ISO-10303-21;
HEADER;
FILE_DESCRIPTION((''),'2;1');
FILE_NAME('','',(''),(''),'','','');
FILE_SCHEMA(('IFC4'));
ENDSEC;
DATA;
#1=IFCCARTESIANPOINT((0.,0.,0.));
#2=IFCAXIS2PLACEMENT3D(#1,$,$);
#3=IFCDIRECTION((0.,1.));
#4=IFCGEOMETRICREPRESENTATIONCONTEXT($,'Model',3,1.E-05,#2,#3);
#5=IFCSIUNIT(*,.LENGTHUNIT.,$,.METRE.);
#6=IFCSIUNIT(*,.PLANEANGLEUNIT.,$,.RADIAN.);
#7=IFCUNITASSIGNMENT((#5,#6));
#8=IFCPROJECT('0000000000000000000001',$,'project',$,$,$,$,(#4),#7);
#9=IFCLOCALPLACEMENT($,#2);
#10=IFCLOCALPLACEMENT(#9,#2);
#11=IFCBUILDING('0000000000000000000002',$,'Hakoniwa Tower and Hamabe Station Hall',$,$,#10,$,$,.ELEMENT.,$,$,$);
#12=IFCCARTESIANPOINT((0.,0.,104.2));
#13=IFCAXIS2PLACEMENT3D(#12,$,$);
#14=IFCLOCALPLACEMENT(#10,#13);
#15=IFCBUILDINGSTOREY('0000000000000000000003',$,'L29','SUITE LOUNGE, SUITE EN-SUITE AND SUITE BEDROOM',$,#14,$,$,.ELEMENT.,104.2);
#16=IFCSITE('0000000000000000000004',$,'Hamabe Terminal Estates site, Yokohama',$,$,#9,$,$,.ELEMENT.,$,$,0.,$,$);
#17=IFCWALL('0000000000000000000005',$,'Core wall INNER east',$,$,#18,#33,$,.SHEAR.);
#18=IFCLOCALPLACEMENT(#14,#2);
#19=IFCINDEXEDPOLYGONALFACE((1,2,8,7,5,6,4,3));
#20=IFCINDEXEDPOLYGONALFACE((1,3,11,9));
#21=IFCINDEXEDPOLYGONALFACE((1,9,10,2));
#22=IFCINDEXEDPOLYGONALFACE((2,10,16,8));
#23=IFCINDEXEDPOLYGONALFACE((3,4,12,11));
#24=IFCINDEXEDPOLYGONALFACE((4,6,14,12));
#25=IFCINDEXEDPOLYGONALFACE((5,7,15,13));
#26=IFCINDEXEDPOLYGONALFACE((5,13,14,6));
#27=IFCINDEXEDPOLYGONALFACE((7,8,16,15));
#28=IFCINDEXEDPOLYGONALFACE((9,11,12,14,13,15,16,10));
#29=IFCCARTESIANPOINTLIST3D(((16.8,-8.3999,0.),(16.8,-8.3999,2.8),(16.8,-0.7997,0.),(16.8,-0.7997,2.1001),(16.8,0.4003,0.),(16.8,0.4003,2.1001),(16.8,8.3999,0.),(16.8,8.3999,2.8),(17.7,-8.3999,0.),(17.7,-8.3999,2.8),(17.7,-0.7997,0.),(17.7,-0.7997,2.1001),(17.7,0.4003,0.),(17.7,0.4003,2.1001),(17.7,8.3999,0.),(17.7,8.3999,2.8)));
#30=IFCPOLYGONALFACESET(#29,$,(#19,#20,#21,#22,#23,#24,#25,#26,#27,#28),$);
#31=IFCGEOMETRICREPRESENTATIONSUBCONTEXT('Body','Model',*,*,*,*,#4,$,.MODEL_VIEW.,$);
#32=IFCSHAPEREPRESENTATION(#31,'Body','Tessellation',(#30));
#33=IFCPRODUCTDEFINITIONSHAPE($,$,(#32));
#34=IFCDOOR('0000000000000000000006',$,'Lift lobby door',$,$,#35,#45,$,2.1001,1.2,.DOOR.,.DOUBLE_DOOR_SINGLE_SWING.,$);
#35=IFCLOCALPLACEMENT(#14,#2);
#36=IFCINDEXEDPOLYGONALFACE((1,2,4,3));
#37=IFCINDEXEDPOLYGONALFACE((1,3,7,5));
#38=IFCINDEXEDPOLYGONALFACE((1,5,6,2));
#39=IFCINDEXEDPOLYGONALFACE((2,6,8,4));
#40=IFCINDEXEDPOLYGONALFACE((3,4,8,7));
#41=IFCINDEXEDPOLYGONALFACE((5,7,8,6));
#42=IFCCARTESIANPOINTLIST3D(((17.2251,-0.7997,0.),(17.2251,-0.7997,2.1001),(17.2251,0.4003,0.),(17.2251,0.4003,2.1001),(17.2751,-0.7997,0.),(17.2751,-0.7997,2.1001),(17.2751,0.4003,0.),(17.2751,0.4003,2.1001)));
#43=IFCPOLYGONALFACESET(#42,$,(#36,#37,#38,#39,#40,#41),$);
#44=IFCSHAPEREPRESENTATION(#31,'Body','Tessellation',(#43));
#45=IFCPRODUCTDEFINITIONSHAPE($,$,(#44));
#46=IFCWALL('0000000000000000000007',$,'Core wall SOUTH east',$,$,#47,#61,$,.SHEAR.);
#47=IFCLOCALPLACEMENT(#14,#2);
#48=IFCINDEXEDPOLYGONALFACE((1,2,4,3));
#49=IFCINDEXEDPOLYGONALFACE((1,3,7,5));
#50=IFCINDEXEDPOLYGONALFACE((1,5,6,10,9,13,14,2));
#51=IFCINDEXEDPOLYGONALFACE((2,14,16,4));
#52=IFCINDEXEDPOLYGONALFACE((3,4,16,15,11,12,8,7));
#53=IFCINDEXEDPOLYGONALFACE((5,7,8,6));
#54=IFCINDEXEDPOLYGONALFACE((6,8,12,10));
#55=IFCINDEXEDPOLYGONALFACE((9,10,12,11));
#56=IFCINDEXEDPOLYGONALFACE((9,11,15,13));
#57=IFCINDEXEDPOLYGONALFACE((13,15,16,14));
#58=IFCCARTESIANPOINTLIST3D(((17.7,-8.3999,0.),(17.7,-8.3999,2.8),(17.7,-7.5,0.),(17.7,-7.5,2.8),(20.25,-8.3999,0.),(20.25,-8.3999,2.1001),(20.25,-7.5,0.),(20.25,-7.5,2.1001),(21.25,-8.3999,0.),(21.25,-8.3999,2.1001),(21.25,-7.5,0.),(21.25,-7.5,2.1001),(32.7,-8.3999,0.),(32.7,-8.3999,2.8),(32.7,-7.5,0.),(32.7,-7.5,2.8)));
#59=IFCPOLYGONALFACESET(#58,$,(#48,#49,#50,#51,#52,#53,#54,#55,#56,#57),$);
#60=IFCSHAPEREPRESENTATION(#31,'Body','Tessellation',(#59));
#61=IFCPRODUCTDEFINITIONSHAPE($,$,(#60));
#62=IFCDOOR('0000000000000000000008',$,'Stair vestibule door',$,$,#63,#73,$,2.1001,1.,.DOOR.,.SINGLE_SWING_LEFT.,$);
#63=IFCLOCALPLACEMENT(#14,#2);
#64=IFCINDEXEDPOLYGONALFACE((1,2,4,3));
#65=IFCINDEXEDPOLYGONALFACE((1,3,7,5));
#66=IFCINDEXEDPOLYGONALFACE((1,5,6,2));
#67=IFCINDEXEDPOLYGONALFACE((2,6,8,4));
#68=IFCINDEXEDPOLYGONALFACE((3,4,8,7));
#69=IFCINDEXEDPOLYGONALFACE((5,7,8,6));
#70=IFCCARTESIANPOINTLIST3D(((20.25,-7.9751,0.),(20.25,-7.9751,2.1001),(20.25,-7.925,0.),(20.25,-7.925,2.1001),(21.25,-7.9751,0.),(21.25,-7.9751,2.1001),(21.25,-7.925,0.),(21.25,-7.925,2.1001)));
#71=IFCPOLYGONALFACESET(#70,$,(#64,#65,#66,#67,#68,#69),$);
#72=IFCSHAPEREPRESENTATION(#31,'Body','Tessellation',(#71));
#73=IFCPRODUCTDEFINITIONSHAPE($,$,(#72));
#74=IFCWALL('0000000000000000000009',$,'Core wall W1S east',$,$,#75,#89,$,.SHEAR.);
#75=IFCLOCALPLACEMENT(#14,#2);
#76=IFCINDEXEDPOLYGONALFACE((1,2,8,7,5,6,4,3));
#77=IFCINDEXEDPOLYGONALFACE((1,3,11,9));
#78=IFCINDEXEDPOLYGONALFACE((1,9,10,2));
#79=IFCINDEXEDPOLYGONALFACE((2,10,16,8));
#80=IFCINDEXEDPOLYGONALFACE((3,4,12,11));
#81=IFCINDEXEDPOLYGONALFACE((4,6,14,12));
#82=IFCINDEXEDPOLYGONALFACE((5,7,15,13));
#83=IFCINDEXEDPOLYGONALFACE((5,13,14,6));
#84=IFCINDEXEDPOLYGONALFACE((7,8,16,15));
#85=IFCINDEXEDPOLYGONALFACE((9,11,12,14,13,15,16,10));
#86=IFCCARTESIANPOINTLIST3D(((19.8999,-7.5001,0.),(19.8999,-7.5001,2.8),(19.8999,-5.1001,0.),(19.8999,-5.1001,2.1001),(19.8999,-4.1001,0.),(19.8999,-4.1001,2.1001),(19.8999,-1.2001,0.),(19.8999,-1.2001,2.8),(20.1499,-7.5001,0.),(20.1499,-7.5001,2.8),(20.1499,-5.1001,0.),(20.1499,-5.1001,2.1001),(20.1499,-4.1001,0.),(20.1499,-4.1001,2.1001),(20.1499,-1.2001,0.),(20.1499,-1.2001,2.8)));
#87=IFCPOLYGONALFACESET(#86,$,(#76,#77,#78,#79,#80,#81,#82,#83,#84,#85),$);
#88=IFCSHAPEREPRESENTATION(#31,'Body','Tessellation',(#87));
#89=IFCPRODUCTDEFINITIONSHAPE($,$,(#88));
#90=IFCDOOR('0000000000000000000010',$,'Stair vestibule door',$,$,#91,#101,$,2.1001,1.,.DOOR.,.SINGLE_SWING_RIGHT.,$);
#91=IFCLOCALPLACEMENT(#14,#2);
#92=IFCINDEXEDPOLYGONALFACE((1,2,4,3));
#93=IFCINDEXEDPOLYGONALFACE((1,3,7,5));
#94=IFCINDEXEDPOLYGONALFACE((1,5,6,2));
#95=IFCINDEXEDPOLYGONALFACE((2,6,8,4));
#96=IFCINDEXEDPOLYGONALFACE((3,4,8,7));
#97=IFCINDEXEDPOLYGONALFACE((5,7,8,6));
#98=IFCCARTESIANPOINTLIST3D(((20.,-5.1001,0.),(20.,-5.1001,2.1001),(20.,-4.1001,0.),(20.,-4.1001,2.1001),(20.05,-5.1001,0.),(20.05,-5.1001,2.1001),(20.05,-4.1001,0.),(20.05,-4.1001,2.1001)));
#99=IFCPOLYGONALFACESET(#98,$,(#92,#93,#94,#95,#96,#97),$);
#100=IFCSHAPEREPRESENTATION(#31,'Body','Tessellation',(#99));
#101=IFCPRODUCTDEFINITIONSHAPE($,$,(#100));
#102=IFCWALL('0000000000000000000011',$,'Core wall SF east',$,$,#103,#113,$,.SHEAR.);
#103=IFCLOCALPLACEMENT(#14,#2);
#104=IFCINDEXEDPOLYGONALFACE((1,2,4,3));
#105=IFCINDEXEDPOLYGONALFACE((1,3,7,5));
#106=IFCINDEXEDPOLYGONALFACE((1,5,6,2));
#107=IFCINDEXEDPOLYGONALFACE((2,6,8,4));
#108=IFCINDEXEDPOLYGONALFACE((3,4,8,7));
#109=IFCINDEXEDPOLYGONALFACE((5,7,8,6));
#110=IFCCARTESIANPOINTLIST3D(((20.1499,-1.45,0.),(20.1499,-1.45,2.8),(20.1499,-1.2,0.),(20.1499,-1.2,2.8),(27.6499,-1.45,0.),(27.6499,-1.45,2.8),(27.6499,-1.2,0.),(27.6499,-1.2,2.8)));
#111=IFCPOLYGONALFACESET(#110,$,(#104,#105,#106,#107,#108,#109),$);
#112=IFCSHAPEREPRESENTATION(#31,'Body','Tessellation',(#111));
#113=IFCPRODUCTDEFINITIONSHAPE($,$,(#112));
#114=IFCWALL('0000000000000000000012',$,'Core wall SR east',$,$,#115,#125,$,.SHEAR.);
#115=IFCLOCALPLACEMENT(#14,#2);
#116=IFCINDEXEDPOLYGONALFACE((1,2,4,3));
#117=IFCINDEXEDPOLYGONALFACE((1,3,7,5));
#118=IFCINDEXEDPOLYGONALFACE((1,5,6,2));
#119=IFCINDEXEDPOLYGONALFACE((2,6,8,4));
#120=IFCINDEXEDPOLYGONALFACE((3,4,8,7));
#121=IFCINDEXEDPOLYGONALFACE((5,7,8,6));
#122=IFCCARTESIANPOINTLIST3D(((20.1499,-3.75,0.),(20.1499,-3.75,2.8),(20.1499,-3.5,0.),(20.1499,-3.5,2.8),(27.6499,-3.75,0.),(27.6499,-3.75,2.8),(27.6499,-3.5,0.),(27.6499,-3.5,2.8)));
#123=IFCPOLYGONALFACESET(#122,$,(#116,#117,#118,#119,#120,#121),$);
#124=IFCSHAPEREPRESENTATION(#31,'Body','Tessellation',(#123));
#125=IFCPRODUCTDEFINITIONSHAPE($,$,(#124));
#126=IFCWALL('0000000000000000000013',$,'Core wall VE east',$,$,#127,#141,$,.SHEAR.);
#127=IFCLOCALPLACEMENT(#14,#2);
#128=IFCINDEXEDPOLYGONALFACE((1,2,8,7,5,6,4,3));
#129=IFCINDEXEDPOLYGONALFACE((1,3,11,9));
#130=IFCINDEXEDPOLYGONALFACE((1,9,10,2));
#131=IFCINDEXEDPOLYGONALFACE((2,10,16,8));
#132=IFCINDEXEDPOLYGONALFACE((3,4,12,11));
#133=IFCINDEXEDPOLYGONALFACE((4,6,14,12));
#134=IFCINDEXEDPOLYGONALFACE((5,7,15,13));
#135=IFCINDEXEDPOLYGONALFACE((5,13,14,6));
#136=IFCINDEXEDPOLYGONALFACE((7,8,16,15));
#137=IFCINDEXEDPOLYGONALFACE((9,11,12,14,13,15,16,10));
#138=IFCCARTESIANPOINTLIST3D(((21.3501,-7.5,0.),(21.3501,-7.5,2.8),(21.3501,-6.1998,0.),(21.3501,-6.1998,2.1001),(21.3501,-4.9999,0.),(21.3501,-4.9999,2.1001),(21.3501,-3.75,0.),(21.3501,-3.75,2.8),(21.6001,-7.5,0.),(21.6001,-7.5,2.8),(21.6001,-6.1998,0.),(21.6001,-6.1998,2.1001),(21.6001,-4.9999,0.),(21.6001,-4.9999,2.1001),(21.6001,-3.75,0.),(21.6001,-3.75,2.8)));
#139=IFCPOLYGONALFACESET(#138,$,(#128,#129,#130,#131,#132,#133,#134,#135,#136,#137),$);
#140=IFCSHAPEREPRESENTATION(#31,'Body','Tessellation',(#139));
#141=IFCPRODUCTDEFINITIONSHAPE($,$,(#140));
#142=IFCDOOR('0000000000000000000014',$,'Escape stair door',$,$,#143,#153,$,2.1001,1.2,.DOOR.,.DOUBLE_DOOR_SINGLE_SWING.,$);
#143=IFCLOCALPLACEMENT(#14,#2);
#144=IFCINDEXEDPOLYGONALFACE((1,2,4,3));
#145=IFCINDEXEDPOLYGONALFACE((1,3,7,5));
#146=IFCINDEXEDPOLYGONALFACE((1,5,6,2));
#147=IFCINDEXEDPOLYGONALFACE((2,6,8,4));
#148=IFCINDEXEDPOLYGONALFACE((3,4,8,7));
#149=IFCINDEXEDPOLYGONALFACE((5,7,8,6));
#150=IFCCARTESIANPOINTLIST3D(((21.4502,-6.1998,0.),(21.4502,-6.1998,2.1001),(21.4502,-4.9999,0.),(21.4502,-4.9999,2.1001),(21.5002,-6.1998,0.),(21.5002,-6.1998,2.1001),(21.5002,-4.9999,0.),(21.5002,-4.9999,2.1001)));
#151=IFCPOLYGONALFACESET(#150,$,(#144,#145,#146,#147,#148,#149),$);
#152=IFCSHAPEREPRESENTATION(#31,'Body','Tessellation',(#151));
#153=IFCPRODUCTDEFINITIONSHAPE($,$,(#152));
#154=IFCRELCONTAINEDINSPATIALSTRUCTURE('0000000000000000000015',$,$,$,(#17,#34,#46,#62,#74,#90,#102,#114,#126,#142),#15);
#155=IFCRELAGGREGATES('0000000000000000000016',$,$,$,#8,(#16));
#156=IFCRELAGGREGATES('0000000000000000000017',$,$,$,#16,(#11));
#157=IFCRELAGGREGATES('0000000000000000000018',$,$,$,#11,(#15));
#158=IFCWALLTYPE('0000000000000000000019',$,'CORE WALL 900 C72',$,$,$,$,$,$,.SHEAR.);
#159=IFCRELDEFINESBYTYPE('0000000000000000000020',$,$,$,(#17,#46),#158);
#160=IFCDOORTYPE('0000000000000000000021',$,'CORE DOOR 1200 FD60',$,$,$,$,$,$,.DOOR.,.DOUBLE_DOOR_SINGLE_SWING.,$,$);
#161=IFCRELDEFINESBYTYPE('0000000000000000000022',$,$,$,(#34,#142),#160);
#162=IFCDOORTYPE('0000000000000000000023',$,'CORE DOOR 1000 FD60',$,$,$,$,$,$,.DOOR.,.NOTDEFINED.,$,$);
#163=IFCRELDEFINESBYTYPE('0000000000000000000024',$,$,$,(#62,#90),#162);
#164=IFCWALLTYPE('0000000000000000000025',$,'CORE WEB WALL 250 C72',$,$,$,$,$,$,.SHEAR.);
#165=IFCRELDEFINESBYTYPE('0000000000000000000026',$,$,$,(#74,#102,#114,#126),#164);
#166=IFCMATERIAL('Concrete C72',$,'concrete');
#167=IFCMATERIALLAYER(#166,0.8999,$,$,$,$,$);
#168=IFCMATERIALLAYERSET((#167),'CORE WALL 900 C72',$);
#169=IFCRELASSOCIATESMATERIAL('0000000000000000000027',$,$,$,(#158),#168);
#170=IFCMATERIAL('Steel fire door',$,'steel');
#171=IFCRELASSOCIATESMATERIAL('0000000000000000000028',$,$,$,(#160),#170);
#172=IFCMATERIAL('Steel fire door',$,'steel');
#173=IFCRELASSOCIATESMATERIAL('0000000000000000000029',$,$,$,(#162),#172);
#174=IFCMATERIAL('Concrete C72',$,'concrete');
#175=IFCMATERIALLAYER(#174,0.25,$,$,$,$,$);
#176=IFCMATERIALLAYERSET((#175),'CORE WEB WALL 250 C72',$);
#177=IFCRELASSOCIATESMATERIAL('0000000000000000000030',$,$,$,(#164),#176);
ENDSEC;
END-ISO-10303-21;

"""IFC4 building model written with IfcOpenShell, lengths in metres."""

from ifc_helpers import new_model, si_unit, direction, frame, frame_2d, origin, place, context, subcontext, project, spatial, rectangle, extrude, material, layer, layer_set, type_object, element, fill, save


model = new_model("IFC4")

# Units and contexts
model_context = context("Model", 3, precision=1e-05, world=origin(), true_north=direction((0.0, 1.0)))
body_context = subcontext(model_context, "Body", "Model", "MODEL_VIEW")
ifc_project = project(units=[si_unit("LENGTHUNIT", "METRE"), si_unit("PLANEANGLEUNIT", "RADIAN")], contexts=[model_context])

# Site, building, storey
site_placement = place(None, origin())
site = spatial("IfcSite", under=ifc_project, at=site_placement, Name="Hamabe Terminal Estates site, Yokohama", CompositionType="ELEMENT", RefElevation=0.0)
building_placement = place(site_placement, origin())
building = spatial("IfcBuilding", under=site, at=building_placement, Name="Hakoniwa Tower and Hamabe Station Hall", CompositionType="ELEMENT")
storey_placement = place(building_placement, frame((0.0, 0.0, 104.2)))
storey = spatial("IfcBuildingStorey", under=building, at=storey_placement, Name="L29", Description="SUITE LOUNGE, SUITE EN-SUITE AND SUITE BEDROOM", CompositionType="ELEMENT", Elevation=104.2)

# Walls, openings, doors
ifc_material_1 = material(Name="Concrete C72", Category="concrete")
ifc_layer_1 = layer(ifc_material_1, 0.8999)
ifc_layer_set_1 = layer_set([ifc_layer_1], Name="CORE WALL 900 C72")
wall_type_1 = type_object("IfcWallType", Name="CORE WALL 900 C72", PredefinedType="SHEAR", material=ifc_layer_set_1)
wall_1_placement = place(storey_placement, frame((17.25, -8.3999, 0.0), z_axis=(0.0, 0.0, 1.0), x_axis=(0.0, 1.0, 0.0)))
wall_1 = element("IfcWall", 1, at=wall_1_placement, inside=storey, type_object=wall_type_1, Name="Core wall INNER east", PredefinedType="SHEAR", context=body_context, shape_type="SweptSolid", body=[
    extrude(rectangle(XDim=16.7998, YDim=0.8999, at=frame_2d((8.3999, 0.0))), origin(), (0.0, 0.0, 1.0), 2.8),
])
opening_1_placement = place(wall_1_placement, frame((7.6001, 0.0, 0.0)))
opening_1 = element("IfcOpeningElement", 2, at=opening_1_placement, cuts=wall_1, PredefinedType="OPENING", context=body_context, shape_type="SweptSolid", body=[
    extrude(rectangle(XDim=1.2, YDim=2.1001, at=frame_2d((0.6001, 1.05))), frame((0.0, 0.46, 0.0), z_axis=(0.0, -1.0, 0.0), x_axis=(1.0, 0.0, 0.0)), (0.0, 0.0, 1.0), 0.9199),
])
ifc_material_2 = material(Name="Steel fire door", Category="steel")
door_type_1 = type_object("IfcDoorType", Name="CORE DOOR 1200 FD60", OperationType="DOUBLE_DOOR_SINGLE_SWING", PredefinedType="DOOR", material=ifc_material_2)
door_1_placement = place(opening_1_placement, origin())
door_1 = element("IfcDoor", 3, at=door_1_placement, inside=storey, type_object=door_type_1, Name="Lift lobby door", OperationType="DOUBLE_DOOR_SINGLE_SWING", OverallHeight=2.1001, OverallWidth=1.2, PredefinedType="DOOR", context=body_context, shape_type="SweptSolid", body=[
    extrude(rectangle(XDim=1.2, YDim=2.1001, at=frame_2d((0.6001, 1.05))), frame((0.0, 0.0249, 0.0), z_axis=(0.0, -1.0, 0.0), x_axis=(1.0, 0.0, 0.0)), (0.0, 0.0, 1.0), 0.05),
])
fill(opening_1, door_1)
wall_2_placement = place(storey_placement, frame((17.7, -7.95, 0.0), z_axis=(0.0, 0.0, 1.0), x_axis=(1.0, 0.0, 0.0)))
wall_2 = element("IfcWall", 4, at=wall_2_placement, inside=storey, type_object=wall_type_1, Name="Core wall SOUTH east", PredefinedType="SHEAR", context=body_context, shape_type="SweptSolid", body=[
    extrude(rectangle(XDim=15.0, YDim=0.8999, at=frame_2d((7.5, 0.0))), origin(), (0.0, 0.0, 1.0), 2.8),
])
opening_2_placement = place(wall_2_placement, frame((2.55, 0.0, 0.0)))
opening_2 = element("IfcOpeningElement", 5, at=opening_2_placement, cuts=wall_2, PredefinedType="OPENING", context=body_context, shape_type="SweptSolid", body=[
    extrude(rectangle(XDim=1.0, YDim=2.1001, at=frame_2d((0.5, 1.05))), frame((0.0, 0.46, 0.0), z_axis=(0.0, -1.0, 0.0), x_axis=(1.0, 0.0, 0.0)), (0.0, 0.0, 1.0), 0.9199),
])
ifc_material_3 = material(Name="Steel fire door", Category="steel")
door_type_2 = type_object("IfcDoorType", Name="CORE DOOR 1000 FD60", OperationType="NOTDEFINED", PredefinedType="DOOR", material=ifc_material_3)
door_2_placement = place(opening_2_placement, origin())
door_2 = element("IfcDoor", 6, at=door_2_placement, inside=storey, type_object=door_type_2, Name="Stair vestibule door", OperationType="SINGLE_SWING_LEFT", OverallHeight=2.1001, OverallWidth=1.0, PredefinedType="DOOR", context=body_context, shape_type="SweptSolid", body=[
    extrude(rectangle(XDim=1.0, YDim=2.1001, at=frame_2d((0.5, 1.05))), frame((0.0, 0.0249, 0.0), z_axis=(0.0, -1.0, 0.0), x_axis=(1.0, 0.0, 0.0)), (0.0, 0.0, 1.0), 0.05),
])
fill(opening_2, door_2)
ifc_material_4 = material(Name="Concrete C72", Category="concrete")
ifc_layer_2 = layer(ifc_material_4, 0.25)
ifc_layer_set_2 = layer_set([ifc_layer_2], Name="CORE WEB WALL 250 C72")
wall_type_2 = type_object("IfcWallType", Name="CORE WEB WALL 250 C72", PredefinedType="SHEAR", material=ifc_layer_set_2)
wall_3_placement = place(storey_placement, frame((20.0249, -7.5, 0.0), z_axis=(0.0, 0.0, 1.0), x_axis=(0.0, 1.0, 0.0)))
wall_3 = element("IfcWall", 7, at=wall_3_placement, inside=storey, type_object=wall_type_2, Name="Core wall W1S east", PredefinedType="SHEAR", context=body_context, shape_type="SweptSolid", body=[
    extrude(rectangle(XDim=6.3, YDim=0.25, at=frame_2d((3.1499, 0.0))), origin(), (0.0, 0.0, 1.0), 2.8),
])
opening_3_placement = place(wall_3_placement, frame((2.3999, 0.0, 0.0)))
opening_3 = element("IfcOpeningElement", 8, at=opening_3_placement, cuts=wall_3, PredefinedType="OPENING", context=body_context, shape_type="SweptSolid", body=[
    extrude(rectangle(XDim=1.0, YDim=2.1001, at=frame_2d((0.5, 1.05))), frame((0.0, 0.135, 0.0), z_axis=(0.0, -1.0, 0.0), x_axis=(1.0, 0.0, 0.0)), (0.0, 0.0, 1.0), 0.27),
])
door_3_placement = place(opening_3_placement, origin())
door_3 = element("IfcDoor", 9, at=door_3_placement, inside=storey, type_object=door_type_2, Name="Stair vestibule door", OperationType="SINGLE_SWING_RIGHT", OverallHeight=2.1001, OverallWidth=1.0, PredefinedType="DOOR", context=body_context, shape_type="SweptSolid", body=[
    extrude(rectangle(XDim=1.0, YDim=2.1001, at=frame_2d((0.5, 1.05))), frame((0.0, 0.0249, 0.0), z_axis=(0.0, -1.0, 0.0), x_axis=(1.0, 0.0, 0.0)), (0.0, 0.0, 1.0), 0.05),
])
fill(opening_3, door_3)

# Walls
for number, where, z_axis, x_axis, name in (
    (10, (20.1499, -1.325, 0.0), (0.0, 0.0, 1.0), (1.0, 0.0, 0.0), "Core wall SF east"),
    (11, (20.1499, -3.625, 0.0), (0.0, 0.0, 1.0), (1.0, 0.0, 0.0), "Core wall SR east"),
):
    element("IfcWall", number, at=place(storey_placement, frame(where, z_axis=z_axis, x_axis=x_axis)), inside=storey, type_object=wall_type_2, Name=name, PredefinedType="SHEAR", context=body_context, shape_type="SweptSolid", body=[
        extrude(rectangle(XDim=7.5, YDim=0.25, at=frame_2d((3.75, 0.0))), origin(), (0.0, 0.0, 1.0), 2.8),
    ])

# Wall, opening, door
wall_4_placement = place(storey_placement, frame((21.4751, -7.5, 0.0), z_axis=(0.0, 0.0, 1.0), x_axis=(0.0, 1.0, 0.0)))
wall_4 = element("IfcWall", 12, at=wall_4_placement, inside=storey, type_object=wall_type_2, Name="Core wall VE east", PredefinedType="SHEAR", context=body_context, shape_type="SweptSolid", body=[
    extrude(rectangle(XDim=3.75, YDim=0.25, at=frame_2d((1.875, 0.0))), origin(), (0.0, 0.0, 1.0), 2.8),
])
opening_4_placement = place(wall_4_placement, frame((1.3, 0.0, 0.0)))
opening_4 = element("IfcOpeningElement", 13, at=opening_4_placement, cuts=wall_4, PredefinedType="OPENING", context=body_context, shape_type="SweptSolid", body=[
    extrude(rectangle(XDim=1.2, YDim=2.1001, at=frame_2d((0.6001, 1.05))), frame((0.0, 0.135, 0.0), z_axis=(0.0, -1.0, 0.0), x_axis=(1.0, 0.0, 0.0)), (0.0, 0.0, 1.0), 0.27),
])
door_4_placement = place(opening_4_placement, origin())
door_4 = element("IfcDoor", 14, at=door_4_placement, inside=storey, type_object=door_type_1, Name="Escape stair door", OperationType="DOUBLE_DOOR_SINGLE_SWING", OverallHeight=2.1001, OverallWidth=1.2, PredefinedType="DOOR", context=body_context, shape_type="SweptSolid", body=[
    extrude(rectangle(XDim=1.2, YDim=2.1001, at=frame_2d((0.6001, 1.05))), frame((0.0, 0.0249, 0.0), z_axis=(0.0, -1.0, 0.0), x_axis=(1.0, 0.0, 0.0)), (0.0, 0.0, 1.0), 0.05),
])
fill(opening_4, door_4)

save(model, "model.ifc")
